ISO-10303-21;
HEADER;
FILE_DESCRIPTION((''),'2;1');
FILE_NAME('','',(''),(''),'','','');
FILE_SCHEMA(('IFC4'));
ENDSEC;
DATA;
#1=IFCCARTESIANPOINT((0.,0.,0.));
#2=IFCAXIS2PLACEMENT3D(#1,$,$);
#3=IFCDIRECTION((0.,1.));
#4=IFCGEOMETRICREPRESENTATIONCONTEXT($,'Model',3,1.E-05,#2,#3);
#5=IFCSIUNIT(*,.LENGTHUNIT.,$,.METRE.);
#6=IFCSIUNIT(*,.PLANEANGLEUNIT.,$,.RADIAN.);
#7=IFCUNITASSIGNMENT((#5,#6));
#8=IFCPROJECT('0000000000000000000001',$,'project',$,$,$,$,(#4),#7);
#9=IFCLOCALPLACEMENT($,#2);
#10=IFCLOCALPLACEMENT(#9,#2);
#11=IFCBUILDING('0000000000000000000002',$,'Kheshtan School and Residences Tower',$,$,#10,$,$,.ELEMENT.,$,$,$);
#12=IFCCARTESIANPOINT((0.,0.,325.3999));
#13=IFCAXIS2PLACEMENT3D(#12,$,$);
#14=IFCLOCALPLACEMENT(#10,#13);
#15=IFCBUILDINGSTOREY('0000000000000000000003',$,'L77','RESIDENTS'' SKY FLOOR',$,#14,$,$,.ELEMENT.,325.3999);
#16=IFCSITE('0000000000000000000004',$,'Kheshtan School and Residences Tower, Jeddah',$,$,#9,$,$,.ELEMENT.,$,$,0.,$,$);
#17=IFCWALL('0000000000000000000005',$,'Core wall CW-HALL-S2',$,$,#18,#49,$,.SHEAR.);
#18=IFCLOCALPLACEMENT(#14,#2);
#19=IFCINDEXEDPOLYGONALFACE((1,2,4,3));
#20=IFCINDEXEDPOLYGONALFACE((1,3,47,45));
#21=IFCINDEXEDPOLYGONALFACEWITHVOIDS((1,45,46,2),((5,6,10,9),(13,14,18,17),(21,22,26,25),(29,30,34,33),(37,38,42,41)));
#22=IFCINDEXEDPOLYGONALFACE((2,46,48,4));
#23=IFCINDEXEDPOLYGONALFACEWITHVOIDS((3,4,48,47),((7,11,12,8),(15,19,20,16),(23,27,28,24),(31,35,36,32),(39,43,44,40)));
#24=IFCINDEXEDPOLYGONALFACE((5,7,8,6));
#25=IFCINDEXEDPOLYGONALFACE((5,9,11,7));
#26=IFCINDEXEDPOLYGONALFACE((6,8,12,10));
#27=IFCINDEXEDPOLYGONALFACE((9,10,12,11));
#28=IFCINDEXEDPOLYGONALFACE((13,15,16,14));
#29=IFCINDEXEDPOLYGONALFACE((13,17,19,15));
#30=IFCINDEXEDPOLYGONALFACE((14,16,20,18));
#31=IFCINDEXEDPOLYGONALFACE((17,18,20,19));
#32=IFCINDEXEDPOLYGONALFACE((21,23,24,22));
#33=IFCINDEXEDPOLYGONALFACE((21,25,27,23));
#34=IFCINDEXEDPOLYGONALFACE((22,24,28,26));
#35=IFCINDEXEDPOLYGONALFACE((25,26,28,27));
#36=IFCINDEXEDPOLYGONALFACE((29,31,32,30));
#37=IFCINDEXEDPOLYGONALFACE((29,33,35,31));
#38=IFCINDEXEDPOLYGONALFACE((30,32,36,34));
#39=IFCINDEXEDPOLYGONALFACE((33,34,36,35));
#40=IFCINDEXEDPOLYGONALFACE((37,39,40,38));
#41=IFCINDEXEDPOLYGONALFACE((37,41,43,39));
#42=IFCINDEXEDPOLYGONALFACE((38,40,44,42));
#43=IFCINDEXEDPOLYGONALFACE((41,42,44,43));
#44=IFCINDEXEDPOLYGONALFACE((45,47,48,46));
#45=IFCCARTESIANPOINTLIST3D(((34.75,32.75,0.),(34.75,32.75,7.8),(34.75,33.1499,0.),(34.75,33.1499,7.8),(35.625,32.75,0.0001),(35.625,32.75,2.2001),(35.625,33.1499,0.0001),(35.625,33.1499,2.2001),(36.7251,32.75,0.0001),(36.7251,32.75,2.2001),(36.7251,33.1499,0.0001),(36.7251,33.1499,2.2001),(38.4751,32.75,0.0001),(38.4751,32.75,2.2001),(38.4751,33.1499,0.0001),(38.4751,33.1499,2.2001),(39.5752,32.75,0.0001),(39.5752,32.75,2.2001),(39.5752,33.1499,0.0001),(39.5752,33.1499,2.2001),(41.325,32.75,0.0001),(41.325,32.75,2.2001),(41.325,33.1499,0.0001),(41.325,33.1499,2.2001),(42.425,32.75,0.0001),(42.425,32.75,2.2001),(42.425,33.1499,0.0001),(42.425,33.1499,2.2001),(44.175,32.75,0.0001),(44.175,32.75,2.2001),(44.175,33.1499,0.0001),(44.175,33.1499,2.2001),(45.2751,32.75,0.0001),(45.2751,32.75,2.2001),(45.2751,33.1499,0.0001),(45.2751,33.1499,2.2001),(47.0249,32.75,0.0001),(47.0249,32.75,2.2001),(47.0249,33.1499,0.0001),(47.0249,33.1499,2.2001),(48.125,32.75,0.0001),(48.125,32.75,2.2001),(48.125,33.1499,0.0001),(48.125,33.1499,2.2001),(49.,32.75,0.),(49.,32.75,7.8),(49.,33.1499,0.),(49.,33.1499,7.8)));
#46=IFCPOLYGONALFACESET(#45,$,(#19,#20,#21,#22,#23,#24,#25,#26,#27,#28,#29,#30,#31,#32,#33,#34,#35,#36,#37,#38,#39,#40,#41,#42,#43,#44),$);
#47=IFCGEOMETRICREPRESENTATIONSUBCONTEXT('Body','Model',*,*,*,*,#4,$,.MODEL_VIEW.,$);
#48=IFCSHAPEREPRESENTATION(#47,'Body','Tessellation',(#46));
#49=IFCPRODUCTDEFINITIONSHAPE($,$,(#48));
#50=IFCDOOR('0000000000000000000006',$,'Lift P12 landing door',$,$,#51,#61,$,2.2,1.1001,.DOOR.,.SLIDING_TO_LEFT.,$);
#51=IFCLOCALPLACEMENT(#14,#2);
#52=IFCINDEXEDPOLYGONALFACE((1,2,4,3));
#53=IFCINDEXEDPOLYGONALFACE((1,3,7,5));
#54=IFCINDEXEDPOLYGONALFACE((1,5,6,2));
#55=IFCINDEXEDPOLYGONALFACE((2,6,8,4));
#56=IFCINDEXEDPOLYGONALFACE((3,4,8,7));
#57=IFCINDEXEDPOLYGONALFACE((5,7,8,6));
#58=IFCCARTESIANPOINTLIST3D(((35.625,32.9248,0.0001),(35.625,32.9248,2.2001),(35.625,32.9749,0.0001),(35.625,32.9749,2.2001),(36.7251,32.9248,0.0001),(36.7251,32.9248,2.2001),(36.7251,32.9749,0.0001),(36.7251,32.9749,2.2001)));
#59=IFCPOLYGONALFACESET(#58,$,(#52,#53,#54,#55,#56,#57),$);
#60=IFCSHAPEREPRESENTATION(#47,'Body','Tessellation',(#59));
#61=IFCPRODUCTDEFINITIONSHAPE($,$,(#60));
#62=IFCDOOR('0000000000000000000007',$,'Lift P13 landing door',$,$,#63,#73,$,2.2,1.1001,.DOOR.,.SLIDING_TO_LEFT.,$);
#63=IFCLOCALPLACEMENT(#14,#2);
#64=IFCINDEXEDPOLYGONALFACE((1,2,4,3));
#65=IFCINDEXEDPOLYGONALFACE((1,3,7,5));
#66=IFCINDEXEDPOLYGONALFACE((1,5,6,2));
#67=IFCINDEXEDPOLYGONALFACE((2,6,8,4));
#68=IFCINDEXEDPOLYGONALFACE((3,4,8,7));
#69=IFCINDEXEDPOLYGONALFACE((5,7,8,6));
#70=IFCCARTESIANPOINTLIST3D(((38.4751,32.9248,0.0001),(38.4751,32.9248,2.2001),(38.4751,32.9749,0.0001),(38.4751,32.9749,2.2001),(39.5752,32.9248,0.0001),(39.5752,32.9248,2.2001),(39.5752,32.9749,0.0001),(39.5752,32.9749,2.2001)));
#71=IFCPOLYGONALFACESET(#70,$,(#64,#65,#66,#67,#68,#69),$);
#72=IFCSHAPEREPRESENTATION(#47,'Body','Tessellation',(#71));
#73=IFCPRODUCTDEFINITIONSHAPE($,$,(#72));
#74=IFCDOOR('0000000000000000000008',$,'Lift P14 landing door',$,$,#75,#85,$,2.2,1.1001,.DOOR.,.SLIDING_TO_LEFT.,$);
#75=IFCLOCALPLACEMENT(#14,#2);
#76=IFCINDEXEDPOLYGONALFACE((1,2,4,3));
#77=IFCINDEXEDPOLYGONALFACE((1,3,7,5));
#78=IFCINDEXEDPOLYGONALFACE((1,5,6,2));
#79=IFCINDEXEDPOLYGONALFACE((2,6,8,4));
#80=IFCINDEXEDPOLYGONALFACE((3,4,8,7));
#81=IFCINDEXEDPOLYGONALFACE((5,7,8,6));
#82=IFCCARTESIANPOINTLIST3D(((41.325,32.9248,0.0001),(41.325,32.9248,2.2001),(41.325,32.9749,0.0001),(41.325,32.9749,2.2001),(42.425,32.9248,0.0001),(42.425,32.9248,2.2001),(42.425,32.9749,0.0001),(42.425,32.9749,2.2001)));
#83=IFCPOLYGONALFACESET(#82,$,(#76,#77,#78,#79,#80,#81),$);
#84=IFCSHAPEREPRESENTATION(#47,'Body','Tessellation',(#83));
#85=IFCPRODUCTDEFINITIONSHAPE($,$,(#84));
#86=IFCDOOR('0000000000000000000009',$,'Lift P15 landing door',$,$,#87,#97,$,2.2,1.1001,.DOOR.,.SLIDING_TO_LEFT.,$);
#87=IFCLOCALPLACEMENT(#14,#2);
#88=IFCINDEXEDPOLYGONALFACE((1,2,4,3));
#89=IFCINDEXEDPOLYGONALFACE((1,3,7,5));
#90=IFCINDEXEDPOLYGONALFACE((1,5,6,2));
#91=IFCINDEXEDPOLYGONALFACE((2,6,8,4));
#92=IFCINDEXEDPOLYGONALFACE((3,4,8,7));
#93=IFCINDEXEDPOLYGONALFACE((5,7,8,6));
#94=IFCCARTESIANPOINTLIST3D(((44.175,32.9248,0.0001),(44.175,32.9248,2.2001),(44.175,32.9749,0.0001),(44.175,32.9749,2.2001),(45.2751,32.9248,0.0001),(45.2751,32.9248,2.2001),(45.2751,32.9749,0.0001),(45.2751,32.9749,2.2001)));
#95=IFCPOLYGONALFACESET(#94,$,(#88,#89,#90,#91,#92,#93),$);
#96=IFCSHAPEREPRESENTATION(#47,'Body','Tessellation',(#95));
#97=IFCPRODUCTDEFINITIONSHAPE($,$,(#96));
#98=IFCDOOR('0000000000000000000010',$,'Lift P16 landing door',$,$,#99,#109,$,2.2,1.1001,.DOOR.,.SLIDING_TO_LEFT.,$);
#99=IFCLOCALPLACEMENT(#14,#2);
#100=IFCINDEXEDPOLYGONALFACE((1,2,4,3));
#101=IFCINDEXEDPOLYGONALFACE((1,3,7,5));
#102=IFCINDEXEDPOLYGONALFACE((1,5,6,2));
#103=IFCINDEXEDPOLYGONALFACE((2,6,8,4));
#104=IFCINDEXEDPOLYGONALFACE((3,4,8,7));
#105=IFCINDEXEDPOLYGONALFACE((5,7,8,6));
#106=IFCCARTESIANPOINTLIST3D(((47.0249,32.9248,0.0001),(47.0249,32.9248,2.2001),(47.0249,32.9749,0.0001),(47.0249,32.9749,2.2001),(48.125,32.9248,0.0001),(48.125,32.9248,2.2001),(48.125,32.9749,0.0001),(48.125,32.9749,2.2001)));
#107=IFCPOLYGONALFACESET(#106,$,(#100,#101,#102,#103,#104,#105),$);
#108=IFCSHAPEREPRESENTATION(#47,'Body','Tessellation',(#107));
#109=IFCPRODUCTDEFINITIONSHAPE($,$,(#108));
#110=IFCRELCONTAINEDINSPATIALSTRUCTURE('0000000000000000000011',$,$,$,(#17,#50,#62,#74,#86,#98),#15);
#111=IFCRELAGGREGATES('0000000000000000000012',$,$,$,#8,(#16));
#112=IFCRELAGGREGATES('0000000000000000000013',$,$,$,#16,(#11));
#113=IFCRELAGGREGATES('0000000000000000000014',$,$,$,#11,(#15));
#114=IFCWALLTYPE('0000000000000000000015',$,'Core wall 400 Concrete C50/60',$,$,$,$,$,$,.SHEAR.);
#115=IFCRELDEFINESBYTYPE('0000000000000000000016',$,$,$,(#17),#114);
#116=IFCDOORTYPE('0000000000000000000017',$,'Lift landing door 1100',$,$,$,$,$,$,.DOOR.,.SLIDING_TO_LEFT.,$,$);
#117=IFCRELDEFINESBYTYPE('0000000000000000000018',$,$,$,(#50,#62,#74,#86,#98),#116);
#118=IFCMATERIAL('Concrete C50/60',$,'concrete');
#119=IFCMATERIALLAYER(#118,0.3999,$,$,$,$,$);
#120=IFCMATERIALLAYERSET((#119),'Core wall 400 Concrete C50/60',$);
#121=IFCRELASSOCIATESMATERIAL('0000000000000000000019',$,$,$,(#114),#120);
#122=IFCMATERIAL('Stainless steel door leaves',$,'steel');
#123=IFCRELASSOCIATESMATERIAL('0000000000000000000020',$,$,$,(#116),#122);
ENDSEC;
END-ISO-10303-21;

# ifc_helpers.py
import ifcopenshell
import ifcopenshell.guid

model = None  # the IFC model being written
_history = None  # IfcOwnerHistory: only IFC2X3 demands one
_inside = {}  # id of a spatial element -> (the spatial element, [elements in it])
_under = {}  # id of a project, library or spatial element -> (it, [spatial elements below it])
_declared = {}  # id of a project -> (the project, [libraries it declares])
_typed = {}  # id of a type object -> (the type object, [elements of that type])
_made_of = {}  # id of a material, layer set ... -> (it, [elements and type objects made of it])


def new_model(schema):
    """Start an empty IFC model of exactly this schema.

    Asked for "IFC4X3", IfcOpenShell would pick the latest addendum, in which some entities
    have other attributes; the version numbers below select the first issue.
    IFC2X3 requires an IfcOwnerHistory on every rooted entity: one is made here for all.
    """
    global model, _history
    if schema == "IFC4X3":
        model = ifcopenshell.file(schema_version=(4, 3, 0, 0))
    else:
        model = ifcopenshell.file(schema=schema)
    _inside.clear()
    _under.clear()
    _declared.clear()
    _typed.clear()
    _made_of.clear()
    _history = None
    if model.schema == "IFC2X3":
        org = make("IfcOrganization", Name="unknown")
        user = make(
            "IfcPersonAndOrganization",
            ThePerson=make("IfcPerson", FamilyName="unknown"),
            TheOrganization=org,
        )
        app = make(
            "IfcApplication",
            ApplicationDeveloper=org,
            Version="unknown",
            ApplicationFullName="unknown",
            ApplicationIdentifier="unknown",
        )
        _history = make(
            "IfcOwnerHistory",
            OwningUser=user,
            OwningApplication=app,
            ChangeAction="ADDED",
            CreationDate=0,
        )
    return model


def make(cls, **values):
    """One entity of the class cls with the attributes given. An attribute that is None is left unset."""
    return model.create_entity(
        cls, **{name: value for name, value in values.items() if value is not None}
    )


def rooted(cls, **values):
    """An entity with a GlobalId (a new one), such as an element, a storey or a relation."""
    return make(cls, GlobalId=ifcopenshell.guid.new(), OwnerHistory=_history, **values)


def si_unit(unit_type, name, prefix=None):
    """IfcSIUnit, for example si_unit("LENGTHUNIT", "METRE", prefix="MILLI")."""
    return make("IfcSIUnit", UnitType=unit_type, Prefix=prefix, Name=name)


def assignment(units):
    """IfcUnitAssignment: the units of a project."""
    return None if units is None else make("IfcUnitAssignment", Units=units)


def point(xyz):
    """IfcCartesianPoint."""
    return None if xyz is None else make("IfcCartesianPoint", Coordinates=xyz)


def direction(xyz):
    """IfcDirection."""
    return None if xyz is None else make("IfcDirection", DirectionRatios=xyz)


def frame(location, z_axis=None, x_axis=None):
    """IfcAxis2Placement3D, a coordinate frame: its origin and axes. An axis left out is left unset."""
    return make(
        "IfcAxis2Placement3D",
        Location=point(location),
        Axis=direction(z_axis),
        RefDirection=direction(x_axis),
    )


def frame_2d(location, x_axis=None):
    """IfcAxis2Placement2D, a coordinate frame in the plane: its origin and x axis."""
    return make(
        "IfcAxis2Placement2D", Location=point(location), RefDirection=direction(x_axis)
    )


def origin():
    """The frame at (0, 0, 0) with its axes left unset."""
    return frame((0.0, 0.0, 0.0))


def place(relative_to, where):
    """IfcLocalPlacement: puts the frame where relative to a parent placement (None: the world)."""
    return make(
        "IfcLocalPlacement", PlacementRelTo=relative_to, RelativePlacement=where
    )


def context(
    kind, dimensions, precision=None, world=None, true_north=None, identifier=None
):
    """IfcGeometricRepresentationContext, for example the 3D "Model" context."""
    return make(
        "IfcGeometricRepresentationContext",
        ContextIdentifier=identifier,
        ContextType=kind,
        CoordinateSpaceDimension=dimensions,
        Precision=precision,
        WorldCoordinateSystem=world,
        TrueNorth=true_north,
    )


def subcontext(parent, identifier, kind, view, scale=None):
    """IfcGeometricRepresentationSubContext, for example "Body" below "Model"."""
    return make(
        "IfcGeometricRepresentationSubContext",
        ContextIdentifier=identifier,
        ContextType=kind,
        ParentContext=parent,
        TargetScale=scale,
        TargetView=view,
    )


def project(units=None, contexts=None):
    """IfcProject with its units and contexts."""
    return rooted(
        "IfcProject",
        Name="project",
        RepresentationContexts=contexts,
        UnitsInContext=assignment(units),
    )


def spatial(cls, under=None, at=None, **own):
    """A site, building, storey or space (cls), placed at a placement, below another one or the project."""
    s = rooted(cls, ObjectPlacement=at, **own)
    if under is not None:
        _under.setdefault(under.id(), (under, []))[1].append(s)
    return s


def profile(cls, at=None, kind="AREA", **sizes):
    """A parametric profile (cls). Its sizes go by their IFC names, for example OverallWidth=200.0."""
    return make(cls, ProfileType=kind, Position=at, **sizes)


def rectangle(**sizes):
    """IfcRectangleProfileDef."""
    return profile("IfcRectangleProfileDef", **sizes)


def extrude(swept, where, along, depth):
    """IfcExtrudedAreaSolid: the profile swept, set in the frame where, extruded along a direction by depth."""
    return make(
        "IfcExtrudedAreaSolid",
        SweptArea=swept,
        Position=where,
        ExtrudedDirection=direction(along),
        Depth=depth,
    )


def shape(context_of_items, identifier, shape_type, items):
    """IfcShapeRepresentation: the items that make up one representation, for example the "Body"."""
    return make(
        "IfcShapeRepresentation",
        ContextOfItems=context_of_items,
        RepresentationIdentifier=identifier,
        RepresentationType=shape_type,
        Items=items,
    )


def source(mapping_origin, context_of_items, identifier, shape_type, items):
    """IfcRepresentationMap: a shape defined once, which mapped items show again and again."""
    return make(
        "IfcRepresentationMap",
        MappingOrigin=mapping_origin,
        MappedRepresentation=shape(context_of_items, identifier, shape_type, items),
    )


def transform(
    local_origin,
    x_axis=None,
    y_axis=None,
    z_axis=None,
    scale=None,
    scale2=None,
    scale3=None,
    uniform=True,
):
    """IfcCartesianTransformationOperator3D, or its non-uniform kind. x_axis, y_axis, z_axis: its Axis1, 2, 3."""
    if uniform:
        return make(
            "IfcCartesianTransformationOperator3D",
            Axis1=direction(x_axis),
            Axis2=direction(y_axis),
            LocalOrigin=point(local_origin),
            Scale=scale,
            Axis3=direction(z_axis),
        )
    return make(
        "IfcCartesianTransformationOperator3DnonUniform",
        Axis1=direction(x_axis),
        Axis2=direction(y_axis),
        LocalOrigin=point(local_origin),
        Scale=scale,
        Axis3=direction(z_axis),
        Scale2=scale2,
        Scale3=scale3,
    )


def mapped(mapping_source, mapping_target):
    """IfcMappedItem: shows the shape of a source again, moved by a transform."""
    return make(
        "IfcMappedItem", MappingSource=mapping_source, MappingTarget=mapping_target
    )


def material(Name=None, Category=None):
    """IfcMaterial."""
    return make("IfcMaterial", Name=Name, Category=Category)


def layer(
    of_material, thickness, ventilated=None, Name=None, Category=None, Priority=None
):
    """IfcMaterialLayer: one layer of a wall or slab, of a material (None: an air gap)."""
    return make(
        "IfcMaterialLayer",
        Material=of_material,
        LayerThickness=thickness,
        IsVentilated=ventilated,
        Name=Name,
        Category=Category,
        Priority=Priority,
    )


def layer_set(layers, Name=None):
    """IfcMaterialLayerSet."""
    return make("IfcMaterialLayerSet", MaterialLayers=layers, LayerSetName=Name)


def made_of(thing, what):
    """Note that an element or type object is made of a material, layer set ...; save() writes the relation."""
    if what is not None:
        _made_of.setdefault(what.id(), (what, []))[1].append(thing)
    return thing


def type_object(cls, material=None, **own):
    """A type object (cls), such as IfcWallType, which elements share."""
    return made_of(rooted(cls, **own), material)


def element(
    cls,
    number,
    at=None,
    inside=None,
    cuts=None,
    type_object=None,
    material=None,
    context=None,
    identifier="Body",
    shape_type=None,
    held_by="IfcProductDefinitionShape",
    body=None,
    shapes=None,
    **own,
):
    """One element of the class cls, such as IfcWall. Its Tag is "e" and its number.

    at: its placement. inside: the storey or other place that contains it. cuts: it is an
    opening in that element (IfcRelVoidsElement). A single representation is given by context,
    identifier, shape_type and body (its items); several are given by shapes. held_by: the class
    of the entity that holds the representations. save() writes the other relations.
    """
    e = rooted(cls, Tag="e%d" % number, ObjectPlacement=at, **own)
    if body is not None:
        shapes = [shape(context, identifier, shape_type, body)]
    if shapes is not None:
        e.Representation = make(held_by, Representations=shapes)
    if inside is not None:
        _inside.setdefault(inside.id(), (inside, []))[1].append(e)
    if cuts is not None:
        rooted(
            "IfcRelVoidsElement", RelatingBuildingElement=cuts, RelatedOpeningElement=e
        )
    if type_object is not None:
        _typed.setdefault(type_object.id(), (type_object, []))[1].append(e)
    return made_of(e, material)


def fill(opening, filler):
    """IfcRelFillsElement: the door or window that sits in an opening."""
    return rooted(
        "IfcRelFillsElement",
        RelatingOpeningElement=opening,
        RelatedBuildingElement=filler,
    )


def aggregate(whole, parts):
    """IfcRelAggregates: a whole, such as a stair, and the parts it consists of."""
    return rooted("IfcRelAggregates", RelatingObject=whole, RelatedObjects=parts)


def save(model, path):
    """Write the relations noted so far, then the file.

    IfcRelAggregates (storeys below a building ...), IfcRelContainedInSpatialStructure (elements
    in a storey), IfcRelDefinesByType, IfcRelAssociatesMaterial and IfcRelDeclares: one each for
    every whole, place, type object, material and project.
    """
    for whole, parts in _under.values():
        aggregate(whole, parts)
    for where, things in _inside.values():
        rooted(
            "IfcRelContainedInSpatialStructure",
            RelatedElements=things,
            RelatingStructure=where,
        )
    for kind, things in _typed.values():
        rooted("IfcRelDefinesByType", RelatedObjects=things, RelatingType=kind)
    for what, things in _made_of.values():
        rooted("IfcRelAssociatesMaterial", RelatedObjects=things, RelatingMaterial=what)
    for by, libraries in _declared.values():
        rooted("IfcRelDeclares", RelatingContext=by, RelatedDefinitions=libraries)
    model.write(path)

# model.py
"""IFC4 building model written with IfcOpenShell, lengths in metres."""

from ifc_helpers import new_model, si_unit, direction, frame, frame_2d, origin, place, context, subcontext, project, spatial, rectangle, extrude, source, transform, mapped, material, layer, layer_set, type_object, element, fill, save


model = new_model("IFC4")

# Units and contexts
model_context = context("Model", 3, precision=1e-05, world=origin(), true_north=direction((0.0, 1.0)))
body_context = subcontext(model_context, "Body", "Model", "MODEL_VIEW")
ifc_project = project(units=[si_unit("LENGTHUNIT", "METRE"), si_unit("PLANEANGLEUNIT", "RADIAN")], contexts=[model_context])

# Site, building, storey
site_placement = place(None, origin())
site = spatial("IfcSite", under=ifc_project, at=site_placement, Name="Kheshtan School and Residences Tower, Jeddah", CompositionType="ELEMENT", RefElevation=0.0)
building_placement = place(site_placement, origin())
building = spatial("IfcBuilding", under=site, at=building_placement, Name="Kheshtan School and Residences Tower", CompositionType="ELEMENT")
storey_placement = place(building_placement, frame((0.0, 0.0, 325.3999)))
storey = spatial("IfcBuildingStorey", under=building, at=storey_placement, Name="L77", Description="RESIDENTS' SKY FLOOR", CompositionType="ELEMENT", Elevation=325.3999)

# Wall, openings, doors
ifc_material_1 = material(Name="Concrete C50/60", Category="concrete")
ifc_layer_1 = layer(ifc_material_1, 0.3999)
ifc_layer_set_1 = layer_set([ifc_layer_1], Name="Core wall 400 Concrete C50/60")
wall_type_1 = type_object("IfcWallType", Name="Core wall 400 Concrete C50/60", PredefinedType="SHEAR", material=ifc_layer_set_1)
wall_1_placement = place(storey_placement, frame((34.75, 32.95, 0.0), z_axis=(0.0, 0.0, 1.0), x_axis=(1.0, 0.0, 0.0)))
wall_1 = element("IfcWall", 1, at=wall_1_placement, inside=storey, type_object=wall_type_1, Name="Core wall CW-HALL-S2", PredefinedType="SHEAR", context=body_context, shape_type="SweptSolid", body=[
    extrude(rectangle(XDim=14.25, YDim=0.3999, at=frame_2d((7.125, 0.0))), origin(), (0.0, 0.0, 1.0), 7.8),
])
opening_1_placement = place(wall_1_placement, frame((0.875, 0.0, 0.0)))
opening_1 = element("IfcOpeningElement", 2, at=opening_1_placement, cuts=wall_1, PredefinedType="OPENING", context=body_context, shape_type="SweptSolid", body=[
    extrude(rectangle(XDim=1.1001, YDim=2.2, at=frame_2d((0.55, 1.1001))), frame((0.0, 0.21, 0.0), z_axis=(0.0, -1.0, 0.0), x_axis=(1.0, 0.0, 0.0)), (0.0, 0.0, 1.0), 0.4199),
])
opening_2_placement = place(wall_1_placement, frame((3.7251, 0.0, 0.0)))
opening_2 = element("IfcOpeningElement", 3, at=opening_2_placement, cuts=wall_1, PredefinedType="OPENING", context=body_context, shape_type="SweptSolid", body=[
    extrude(rectangle(XDim=1.1001, YDim=2.2, at=frame_2d((0.55, 1.1001))), frame((0.0, 0.21, 0.0), z_axis=(0.0, -1.0, 0.0), x_axis=(1.0, 0.0, 0.0)), (0.0, 0.0, 1.0), 0.4199),
])
opening_3_placement = place(wall_1_placement, frame((6.575, 0.0, 0.0)))
opening_3 = element("IfcOpeningElement", 4, at=opening_3_placement, cuts=wall_1, PredefinedType="OPENING", context=body_context, shape_type="SweptSolid", body=[
    extrude(rectangle(XDim=1.1001, YDim=2.2, at=frame_2d((0.55, 1.1001))), frame((0.0, 0.21, 0.0), z_axis=(0.0, -1.0, 0.0), x_axis=(1.0, 0.0, 0.0)), (0.0, 0.0, 1.0), 0.4199),
])
opening_4_placement = place(wall_1_placement, frame((9.425, 0.0, 0.0)))
opening_4 = element("IfcOpeningElement", 5, at=opening_4_placement, cuts=wall_1, PredefinedType="OPENING", context=body_context, shape_type="SweptSolid", body=[
    extrude(rectangle(XDim=1.1001, YDim=2.2, at=frame_2d((0.55, 1.1001))), frame((0.0, 0.21, 0.0), z_axis=(0.0, -1.0, 0.0), x_axis=(1.0, 0.0, 0.0)), (0.0, 0.0, 1.0), 0.4199),
])
opening_5_placement = place(wall_1_placement, frame((12.2749, 0.0, 0.0)))
opening_5 = element("IfcOpeningElement", 6, at=opening_5_placement, cuts=wall_1, PredefinedType="OPENING", context=body_context, shape_type="SweptSolid", body=[
    extrude(rectangle(XDim=1.1001, YDim=2.2, at=frame_2d((0.55, 1.1001))), frame((0.0, 0.21, 0.0), z_axis=(0.0, -1.0, 0.0), x_axis=(1.0, 0.0, 0.0)), (0.0, 0.0, 1.0), 0.4199),
])
ifc_material_2 = material(Name="Stainless steel door leaves", Category="steel")
door_type_1 = type_object("IfcDoorType", Name="Lift landing door 1100", OperationType="SLIDING_TO_LEFT", PredefinedType="DOOR", material=ifc_material_2)
shared_shape_1 = source(origin(), body_context, "Body", "SweptSolid", [
    extrude(rectangle(XDim=1.1001, YDim=2.2, at=frame_2d((0.55, 1.1001))), frame((0.0, 0.0249, 0.0), z_axis=(0.0, -1.0, 0.0), x_axis=(1.0, 0.0, 0.0)), (0.0, 0.0, 1.0), 0.05),
])
door_1_placement = place(opening_1_placement, origin())
door_1 = element("IfcDoor", 7, at=door_1_placement, inside=storey, type_object=door_type_1, Name="Lift P12 landing door", OperationType="SLIDING_TO_LEFT", OverallHeight=2.2, OverallWidth=1.1001, PredefinedType="DOOR", context=body_context, shape_type="MappedRepresentation", body=[
    mapped(shared_shape_1, transform((0.0, 0.0, 0.0), x_axis=(1.0, 0.0, 0.0), y_axis=(0.0, 1.0, 0.0), z_axis=(0.0, 0.0, 1.0), scale=1.0)),
])
fill(opening_1, door_1)
door_2_placement = place(opening_2_placement, origin())
door_2 = element("IfcDoor", 8, at=door_2_placement, inside=storey, type_object=door_type_1, Name="Lift P13 landing door", OperationType="SLIDING_TO_LEFT", OverallHeight=2.2, OverallWidth=1.1001, PredefinedType="DOOR", context=body_context, shape_type="MappedRepresentation", body=[
    mapped(shared_shape_1, transform((0.0, 0.0, 0.0), x_axis=(1.0, 0.0, 0.0), y_axis=(0.0, 1.0, 0.0), z_axis=(0.0, 0.0, 1.0), scale=1.0)),
])
fill(opening_2, door_2)
door_3_placement = place(opening_3_placement, origin())
door_3 = element("IfcDoor", 9, at=door_3_placement, inside=storey, type_object=door_type_1, Name="Lift P14 landing door", OperationType="SLIDING_TO_LEFT", OverallHeight=2.2, OverallWidth=1.1001, PredefinedType="DOOR", context=body_context, shape_type="MappedRepresentation", body=[
    mapped(shared_shape_1, transform((0.0, 0.0, 0.0), x_axis=(1.0, 0.0, 0.0), y_axis=(0.0, 1.0, 0.0), z_axis=(0.0, 0.0, 1.0), scale=1.0)),
])
fill(opening_3, door_3)
door_4_placement = place(opening_4_placement, origin())
door_4 = element("IfcDoor", 10, at=door_4_placement, inside=storey, type_object=door_type_1, Name="Lift P15 landing door", OperationType="SLIDING_TO_LEFT", OverallHeight=2.2, OverallWidth=1.1001, PredefinedType="DOOR", context=body_context, shape_type="MappedRepresentation", body=[
    mapped(shared_shape_1, transform((0.0, 0.0, 0.0), x_axis=(1.0, 0.0, 0.0), y_axis=(0.0, 1.0, 0.0), z_axis=(0.0, 0.0, 1.0), scale=1.0)),
])
fill(opening_4, door_4)
door_5_placement = place(opening_5_placement, origin())
door_5 = element("IfcDoor", 11, at=door_5_placement, inside=storey, type_object=door_type_1, Name="Lift P16 landing door", OperationType="SLIDING_TO_LEFT", OverallHeight=2.2, OverallWidth=1.1001, PredefinedType="DOOR", context=body_context, shape_type="MappedRepresentation", body=[
    mapped(shared_shape_1, transform((0.0, 0.0, 0.0), x_axis=(1.0, 0.0, 0.0), y_axis=(0.0, 1.0, 0.0), z_axis=(0.0, 0.0, 1.0), scale=1.0)),
])
fill(opening_5, door_5)

save(model, "model.ifc")
